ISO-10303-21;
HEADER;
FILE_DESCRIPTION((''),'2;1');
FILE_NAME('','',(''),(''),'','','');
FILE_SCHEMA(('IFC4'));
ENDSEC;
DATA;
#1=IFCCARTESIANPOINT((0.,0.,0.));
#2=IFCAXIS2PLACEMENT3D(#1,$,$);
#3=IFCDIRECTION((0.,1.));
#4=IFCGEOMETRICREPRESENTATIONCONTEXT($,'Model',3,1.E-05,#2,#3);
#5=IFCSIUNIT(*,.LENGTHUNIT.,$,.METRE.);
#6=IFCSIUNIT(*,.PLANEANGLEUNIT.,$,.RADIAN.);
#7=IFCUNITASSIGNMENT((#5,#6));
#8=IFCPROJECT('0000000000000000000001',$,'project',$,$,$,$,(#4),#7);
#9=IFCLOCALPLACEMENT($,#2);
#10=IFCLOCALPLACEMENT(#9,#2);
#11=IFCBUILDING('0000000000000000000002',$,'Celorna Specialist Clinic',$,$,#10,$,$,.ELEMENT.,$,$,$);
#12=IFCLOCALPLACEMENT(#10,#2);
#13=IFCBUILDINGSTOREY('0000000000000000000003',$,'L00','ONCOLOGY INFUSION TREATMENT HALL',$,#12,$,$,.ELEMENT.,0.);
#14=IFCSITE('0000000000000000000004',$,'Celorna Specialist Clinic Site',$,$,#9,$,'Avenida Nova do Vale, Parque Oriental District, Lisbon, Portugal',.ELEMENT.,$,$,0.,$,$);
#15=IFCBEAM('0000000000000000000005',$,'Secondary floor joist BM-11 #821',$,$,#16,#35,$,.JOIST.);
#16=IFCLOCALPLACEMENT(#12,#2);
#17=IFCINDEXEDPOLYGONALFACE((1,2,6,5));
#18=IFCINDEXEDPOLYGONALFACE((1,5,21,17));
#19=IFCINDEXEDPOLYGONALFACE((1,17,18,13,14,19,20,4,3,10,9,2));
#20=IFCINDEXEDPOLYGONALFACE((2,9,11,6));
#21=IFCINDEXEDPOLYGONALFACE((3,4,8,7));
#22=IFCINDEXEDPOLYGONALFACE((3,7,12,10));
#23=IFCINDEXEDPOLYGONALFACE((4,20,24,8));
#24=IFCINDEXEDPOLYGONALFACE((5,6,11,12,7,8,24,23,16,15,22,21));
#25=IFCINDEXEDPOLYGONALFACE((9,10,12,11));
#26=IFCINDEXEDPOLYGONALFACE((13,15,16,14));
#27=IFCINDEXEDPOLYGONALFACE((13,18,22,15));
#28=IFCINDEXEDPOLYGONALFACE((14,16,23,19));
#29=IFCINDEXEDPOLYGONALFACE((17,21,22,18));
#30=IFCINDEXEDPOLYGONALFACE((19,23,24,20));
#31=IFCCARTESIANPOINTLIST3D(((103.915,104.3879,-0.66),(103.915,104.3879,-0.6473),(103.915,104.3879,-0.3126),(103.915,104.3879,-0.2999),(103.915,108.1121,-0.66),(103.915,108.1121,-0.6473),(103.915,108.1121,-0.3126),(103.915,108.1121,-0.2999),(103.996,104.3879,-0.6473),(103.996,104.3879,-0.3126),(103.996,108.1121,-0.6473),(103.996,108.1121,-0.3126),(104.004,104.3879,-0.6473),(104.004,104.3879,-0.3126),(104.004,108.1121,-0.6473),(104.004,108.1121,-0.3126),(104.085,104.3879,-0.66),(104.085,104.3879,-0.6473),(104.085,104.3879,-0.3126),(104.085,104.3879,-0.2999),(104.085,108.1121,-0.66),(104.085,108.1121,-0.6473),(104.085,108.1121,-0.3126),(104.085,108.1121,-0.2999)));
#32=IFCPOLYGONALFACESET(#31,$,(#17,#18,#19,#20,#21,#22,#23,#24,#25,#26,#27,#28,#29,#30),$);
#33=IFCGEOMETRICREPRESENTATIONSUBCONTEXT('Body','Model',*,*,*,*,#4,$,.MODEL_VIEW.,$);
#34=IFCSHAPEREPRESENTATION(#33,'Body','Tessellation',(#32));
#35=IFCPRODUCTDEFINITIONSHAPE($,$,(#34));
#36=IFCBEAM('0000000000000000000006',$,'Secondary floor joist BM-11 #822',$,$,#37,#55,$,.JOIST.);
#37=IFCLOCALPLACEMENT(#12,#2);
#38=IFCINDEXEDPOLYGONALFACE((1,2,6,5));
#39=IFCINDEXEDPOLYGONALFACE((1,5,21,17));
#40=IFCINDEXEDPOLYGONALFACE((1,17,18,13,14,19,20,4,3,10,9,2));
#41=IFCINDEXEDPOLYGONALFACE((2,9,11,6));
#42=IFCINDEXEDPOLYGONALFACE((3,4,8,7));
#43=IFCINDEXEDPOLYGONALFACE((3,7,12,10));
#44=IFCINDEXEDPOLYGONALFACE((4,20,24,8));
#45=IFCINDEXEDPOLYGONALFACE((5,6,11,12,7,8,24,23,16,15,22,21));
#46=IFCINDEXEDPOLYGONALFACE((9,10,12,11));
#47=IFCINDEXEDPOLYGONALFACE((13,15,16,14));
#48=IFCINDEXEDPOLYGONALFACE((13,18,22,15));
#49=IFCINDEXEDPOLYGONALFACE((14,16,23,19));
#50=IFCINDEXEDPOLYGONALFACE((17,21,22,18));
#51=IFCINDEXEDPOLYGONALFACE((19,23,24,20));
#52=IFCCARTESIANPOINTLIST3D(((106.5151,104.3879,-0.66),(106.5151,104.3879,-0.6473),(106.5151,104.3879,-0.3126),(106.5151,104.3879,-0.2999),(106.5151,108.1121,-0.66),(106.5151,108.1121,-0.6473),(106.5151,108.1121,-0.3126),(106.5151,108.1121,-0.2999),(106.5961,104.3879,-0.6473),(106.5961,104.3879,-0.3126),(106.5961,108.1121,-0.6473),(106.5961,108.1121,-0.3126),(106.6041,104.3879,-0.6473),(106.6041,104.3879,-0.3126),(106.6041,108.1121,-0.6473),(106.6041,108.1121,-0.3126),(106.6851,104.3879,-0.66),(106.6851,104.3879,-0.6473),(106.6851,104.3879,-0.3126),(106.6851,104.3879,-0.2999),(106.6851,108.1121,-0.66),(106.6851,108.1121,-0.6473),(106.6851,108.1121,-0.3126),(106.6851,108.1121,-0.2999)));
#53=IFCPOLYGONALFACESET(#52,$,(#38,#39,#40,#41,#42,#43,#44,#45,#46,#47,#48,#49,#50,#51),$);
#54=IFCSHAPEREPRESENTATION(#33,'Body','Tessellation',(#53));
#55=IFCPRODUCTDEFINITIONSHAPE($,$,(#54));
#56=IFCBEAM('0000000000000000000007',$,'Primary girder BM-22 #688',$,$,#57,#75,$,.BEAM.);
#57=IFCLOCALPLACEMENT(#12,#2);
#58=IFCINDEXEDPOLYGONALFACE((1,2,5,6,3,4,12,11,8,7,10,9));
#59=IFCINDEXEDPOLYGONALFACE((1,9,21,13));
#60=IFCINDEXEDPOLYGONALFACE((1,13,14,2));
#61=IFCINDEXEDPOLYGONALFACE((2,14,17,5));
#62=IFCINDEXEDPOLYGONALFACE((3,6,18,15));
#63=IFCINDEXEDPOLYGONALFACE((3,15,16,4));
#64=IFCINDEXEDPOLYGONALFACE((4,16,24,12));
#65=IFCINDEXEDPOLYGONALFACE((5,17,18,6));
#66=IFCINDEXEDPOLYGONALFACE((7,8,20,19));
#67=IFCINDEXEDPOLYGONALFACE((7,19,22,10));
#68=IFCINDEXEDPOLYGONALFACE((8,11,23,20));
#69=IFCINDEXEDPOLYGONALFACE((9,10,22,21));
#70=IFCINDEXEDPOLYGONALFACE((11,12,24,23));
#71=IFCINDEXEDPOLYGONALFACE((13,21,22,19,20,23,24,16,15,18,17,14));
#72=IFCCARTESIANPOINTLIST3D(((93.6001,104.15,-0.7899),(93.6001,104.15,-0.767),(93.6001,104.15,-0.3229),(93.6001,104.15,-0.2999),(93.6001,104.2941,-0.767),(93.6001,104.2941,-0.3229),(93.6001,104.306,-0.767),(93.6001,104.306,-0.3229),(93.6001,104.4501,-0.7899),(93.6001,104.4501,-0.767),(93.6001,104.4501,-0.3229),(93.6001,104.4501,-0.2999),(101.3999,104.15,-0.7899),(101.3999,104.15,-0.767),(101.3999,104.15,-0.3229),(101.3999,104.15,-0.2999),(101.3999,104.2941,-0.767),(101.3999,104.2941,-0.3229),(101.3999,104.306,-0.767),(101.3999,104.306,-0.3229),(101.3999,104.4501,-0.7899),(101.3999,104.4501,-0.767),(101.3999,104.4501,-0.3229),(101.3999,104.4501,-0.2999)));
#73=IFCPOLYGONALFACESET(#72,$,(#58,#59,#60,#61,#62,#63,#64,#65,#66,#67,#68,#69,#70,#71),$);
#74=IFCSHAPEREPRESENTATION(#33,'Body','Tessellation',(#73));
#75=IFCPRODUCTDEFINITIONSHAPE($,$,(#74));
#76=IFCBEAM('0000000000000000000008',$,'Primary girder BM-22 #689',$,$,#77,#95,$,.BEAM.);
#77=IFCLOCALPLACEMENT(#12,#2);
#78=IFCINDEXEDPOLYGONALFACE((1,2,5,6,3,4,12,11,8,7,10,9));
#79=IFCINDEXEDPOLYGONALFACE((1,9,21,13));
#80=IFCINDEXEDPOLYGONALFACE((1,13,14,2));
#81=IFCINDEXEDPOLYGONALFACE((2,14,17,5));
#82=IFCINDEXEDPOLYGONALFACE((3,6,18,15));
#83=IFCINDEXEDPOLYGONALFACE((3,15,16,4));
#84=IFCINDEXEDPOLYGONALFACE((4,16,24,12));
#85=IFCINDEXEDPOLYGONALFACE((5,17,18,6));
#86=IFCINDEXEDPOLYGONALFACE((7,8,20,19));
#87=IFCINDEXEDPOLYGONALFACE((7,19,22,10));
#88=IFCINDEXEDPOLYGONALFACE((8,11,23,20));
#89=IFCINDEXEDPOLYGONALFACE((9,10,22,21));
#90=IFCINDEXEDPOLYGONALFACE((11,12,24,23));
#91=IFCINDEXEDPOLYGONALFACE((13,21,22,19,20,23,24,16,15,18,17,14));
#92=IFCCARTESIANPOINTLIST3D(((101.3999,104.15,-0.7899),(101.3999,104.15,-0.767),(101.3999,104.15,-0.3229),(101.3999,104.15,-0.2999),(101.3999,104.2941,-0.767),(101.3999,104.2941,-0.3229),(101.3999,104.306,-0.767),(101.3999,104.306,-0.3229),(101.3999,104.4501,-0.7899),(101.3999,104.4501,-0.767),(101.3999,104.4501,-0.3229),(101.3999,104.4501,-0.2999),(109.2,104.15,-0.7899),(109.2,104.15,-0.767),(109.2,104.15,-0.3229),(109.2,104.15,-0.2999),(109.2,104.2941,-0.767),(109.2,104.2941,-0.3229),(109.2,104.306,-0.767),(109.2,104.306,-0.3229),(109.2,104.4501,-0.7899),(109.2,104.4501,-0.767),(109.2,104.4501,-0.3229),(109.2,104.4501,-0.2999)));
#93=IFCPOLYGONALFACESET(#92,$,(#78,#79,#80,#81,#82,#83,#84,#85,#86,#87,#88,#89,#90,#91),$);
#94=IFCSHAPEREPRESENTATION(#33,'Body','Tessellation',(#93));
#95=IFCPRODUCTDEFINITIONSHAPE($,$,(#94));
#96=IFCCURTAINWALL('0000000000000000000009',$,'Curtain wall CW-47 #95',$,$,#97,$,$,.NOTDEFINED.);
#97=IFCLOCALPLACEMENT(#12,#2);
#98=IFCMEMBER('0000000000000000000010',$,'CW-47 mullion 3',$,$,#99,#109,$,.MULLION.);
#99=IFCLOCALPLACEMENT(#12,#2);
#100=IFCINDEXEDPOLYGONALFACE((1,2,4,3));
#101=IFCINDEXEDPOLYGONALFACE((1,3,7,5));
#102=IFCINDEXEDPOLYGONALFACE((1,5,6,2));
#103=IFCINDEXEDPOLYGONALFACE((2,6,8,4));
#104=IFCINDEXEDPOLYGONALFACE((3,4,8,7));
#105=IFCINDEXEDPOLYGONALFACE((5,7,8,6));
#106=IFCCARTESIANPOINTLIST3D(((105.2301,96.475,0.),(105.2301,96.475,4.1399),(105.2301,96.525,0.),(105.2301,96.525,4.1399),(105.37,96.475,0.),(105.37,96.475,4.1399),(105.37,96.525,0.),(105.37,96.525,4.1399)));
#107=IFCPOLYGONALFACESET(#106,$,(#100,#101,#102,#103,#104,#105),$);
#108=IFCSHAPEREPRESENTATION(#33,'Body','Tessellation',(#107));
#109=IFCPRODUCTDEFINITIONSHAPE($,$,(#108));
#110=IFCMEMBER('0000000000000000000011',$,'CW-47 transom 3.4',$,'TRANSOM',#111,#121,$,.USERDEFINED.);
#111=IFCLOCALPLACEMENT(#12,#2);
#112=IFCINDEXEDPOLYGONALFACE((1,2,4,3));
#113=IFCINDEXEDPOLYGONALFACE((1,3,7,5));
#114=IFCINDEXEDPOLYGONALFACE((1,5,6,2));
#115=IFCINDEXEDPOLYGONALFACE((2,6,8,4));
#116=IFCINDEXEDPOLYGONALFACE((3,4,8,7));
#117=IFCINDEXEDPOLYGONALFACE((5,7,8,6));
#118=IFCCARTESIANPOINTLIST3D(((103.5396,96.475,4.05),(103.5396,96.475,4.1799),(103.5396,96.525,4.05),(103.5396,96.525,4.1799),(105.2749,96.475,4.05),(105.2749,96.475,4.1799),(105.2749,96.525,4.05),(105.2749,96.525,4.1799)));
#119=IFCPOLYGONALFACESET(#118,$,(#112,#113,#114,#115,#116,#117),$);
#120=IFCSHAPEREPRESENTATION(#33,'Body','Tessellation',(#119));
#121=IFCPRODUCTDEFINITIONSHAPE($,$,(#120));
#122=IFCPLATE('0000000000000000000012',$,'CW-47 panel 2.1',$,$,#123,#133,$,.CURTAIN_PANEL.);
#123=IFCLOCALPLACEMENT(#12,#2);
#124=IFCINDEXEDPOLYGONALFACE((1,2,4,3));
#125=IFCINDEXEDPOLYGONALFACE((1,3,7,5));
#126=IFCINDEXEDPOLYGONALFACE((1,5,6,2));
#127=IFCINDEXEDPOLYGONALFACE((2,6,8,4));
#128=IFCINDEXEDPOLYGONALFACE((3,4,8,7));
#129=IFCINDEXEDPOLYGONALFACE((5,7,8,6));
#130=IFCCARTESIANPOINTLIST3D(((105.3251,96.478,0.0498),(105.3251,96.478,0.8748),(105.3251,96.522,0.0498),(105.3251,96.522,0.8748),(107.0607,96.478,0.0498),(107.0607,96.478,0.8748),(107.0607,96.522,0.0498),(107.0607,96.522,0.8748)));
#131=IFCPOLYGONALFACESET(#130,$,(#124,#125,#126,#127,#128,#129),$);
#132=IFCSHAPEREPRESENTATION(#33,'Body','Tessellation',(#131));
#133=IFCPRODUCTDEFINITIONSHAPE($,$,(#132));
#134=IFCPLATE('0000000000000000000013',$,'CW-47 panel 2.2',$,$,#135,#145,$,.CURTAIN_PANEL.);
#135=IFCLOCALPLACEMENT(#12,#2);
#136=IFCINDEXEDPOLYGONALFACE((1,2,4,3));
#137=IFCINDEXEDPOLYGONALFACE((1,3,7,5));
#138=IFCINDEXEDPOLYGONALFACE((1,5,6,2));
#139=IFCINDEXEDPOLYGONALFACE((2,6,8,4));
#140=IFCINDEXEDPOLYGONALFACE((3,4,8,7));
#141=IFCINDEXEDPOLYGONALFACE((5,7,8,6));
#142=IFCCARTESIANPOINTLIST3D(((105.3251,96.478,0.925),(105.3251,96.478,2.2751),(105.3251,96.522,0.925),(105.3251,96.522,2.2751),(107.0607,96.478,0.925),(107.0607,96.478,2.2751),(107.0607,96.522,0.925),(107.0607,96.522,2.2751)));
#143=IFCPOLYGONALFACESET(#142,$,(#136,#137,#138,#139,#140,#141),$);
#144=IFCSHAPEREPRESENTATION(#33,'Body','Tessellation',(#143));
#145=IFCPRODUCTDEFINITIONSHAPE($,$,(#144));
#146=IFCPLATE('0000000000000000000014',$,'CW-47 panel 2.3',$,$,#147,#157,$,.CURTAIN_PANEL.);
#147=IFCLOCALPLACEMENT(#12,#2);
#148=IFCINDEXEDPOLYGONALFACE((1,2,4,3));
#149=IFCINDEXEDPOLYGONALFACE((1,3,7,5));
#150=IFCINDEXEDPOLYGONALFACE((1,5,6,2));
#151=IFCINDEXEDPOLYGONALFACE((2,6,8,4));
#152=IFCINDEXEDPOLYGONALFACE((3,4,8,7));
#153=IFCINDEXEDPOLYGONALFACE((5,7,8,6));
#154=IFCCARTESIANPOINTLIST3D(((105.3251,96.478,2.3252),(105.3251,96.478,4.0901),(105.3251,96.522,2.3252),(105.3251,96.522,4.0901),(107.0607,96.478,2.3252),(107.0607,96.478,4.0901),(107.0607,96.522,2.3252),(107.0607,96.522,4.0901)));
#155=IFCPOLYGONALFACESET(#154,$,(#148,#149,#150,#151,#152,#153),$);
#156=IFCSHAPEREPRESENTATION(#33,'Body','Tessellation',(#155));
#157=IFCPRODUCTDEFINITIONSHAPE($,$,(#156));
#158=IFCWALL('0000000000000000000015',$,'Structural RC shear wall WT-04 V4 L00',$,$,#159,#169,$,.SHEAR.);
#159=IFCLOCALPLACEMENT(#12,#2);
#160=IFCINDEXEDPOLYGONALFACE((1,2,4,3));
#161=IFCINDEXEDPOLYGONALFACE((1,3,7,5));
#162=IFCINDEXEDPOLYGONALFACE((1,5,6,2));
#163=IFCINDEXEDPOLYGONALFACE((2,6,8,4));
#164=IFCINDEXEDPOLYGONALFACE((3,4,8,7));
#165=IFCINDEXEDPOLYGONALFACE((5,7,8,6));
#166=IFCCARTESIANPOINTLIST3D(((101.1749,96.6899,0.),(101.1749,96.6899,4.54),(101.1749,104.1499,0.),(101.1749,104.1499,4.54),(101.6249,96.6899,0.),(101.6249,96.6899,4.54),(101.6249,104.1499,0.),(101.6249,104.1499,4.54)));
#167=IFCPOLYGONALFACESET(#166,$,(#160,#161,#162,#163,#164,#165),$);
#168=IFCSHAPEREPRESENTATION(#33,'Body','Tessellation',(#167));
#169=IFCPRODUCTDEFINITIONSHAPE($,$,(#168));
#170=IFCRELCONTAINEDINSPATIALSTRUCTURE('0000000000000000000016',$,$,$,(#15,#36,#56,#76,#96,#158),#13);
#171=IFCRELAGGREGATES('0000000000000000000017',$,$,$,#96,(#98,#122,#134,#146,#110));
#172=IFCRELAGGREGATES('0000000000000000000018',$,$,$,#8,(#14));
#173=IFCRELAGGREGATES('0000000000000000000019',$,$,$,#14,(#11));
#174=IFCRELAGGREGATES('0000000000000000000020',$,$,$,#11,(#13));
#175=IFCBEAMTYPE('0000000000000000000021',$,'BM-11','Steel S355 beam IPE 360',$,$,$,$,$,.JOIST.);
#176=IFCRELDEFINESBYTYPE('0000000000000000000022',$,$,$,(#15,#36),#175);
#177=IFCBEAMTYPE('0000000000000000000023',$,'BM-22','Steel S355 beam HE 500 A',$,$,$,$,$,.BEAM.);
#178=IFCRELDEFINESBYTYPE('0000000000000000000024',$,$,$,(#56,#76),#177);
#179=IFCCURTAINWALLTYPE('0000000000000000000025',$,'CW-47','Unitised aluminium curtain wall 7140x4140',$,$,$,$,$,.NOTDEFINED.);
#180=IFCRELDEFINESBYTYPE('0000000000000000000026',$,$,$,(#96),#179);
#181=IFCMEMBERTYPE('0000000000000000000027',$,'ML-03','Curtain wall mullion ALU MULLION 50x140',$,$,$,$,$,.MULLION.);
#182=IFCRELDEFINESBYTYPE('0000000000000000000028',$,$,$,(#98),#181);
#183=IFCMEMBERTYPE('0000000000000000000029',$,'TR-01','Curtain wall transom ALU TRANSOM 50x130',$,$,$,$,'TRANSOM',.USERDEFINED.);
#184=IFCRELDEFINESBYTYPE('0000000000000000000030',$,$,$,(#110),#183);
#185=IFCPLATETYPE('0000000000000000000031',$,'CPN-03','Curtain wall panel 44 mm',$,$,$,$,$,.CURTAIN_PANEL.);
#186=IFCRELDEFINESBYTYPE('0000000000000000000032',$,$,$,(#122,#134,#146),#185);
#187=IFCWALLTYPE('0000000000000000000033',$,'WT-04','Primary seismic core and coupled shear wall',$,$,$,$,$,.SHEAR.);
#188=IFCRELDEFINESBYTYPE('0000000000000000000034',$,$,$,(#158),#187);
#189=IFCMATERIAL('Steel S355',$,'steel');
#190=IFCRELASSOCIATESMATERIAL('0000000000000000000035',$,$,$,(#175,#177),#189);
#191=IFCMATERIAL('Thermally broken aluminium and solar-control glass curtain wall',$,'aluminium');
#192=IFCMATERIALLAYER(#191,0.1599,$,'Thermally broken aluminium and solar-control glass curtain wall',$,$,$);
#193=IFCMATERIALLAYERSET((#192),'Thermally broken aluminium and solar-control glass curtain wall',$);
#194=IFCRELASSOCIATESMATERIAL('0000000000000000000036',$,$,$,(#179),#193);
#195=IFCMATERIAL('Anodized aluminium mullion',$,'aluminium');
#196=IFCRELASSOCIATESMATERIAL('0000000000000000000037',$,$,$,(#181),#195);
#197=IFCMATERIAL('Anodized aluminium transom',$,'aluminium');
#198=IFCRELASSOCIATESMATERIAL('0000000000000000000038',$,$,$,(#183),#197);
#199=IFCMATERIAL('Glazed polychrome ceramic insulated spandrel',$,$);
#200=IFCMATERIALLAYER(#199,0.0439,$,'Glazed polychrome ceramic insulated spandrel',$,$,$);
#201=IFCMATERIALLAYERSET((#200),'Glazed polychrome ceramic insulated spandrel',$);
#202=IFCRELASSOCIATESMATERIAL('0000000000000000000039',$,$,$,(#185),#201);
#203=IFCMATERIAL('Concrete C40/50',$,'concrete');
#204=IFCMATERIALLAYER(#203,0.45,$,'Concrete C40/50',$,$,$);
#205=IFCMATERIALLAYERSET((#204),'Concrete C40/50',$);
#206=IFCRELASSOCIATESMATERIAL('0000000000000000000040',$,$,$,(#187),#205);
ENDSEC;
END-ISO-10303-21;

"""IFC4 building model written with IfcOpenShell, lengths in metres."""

from ifc_helpers import new_model, si_unit, direction, frame, frame_2d, origin, origin_2d, place, context, subcontext, project, spatial, rectangle, i_section, extrude, material, layer, layer_set, material_profile, profile_set, type_object, element, aggregate, save


model = new_model("IFC4")

# Units and contexts
model_context = context("Model", 3, precision=1e-05, world=origin(), true_north=direction((0.0, 1.0)))
body_context = subcontext(model_context, "Body", "Model", "MODEL_VIEW")
ifc_project = project(units=[si_unit("LENGTHUNIT", "METRE"), si_unit("PLANEANGLEUNIT", "RADIAN")], contexts=[model_context])

# Site, building, storey
site_placement = place(None, origin())
site = spatial("IfcSite", under=ifc_project, at=site_placement, Name="Celorna Specialist Clinic Site", LongName="Avenida Nova do Vale, Parque Oriental District, Lisbon, Portugal", CompositionType="ELEMENT", RefElevation=0.0)
building_placement = place(site_placement, origin())
building = spatial("IfcBuilding", under=site, at=building_placement, Name="Celorna Specialist Clinic", CompositionType="ELEMENT")
storey_placement = place(building_placement, origin())
storey = spatial("IfcBuildingStorey", under=building, at=storey_placement, Name="L00", Description="ONCOLOGY INFUSION TREATMENT HALL", CompositionType="ELEMENT", Elevation=0.0)

# Shared definitions
ifc_material_1 = material(Name="Concrete C40/50", Category="concrete")

# Beams
ifc_material_2 = material(Name="Steel S355", Category="steel")
ifc_material_profile_1 = material_profile(ifc_material_2, i_section(OverallWidth=0.1699, OverallDepth=0.3601, WebThickness=0.0081, FlangeThickness=0.0127, at=origin_2d()), Name="IPE 360")
ifc_profile_set_1 = profile_set([ifc_material_profile_1], Name="Steel S355")
beam_type_1 = type_object("IfcBeamType", Name="BM-11", Description="Steel S355 beam IPE 360", PredefinedType="JOIST", material=ifc_profile_set_1)
for number, where, z_axis, x_axis, name in (
    (1, (104.0, 104.3879, -0.48), (0.0, 1.0, 0.0), (-1.0, 0.0, 0.0), "Secondary floor joist BM-11 #821"),
    (2, (106.6001, 104.3879, -0.48), (0.0, 1.0, 0.0), (-1.0, 0.0, 0.0), "Secondary floor joist BM-11 #822"),
):
    element("IfcBeam", number, at=place(storey_placement, frame(where, z_axis=z_axis, x_axis=x_axis)), inside=storey, type_object=beam_type_1, Name=name, PredefinedType="JOIST", context=body_context, shape_type="SweptSolid", body=[
        extrude(i_section(OverallWidth=0.1699, OverallDepth=0.3601, WebThickness=0.0081, FlangeThickness=0.0127, at=origin_2d()), origin(), (0.0, 0.0, 1.0), 3.7241),
    ])
ifc_material_profile_2 = material_profile(ifc_material_2, i_section(OverallWidth=0.3, OverallDepth=0.49, WebThickness=0.012, FlangeThickness=0.0229, at=origin_2d()), Name="HE 500 A")
ifc_profile_set_2 = profile_set([ifc_material_profile_2], Name="Steel S355")
beam_type_2 = type_object("IfcBeamType", Name="BM-22", Description="Steel S355 beam HE 500 A", PredefinedType="BEAM", material=ifc_profile_set_2)
beam_1_placement = place(storey_placement, frame((93.6001, 104.3, -0.5449), z_axis=(1.0, 0.0, 0.0), x_axis=(0.0, 1.0, 0.0)))
element("IfcBeam", 3, at=beam_1_placement, inside=storey, type_object=beam_type_2, Name="Primary girder BM-22 #688", PredefinedType="BEAM", context=body_context, shape_type="SweptSolid", body=[
    extrude(i_section(OverallWidth=0.3, OverallDepth=0.49, WebThickness=0.012, FlangeThickness=0.0229, at=origin_2d()), origin(), (0.0, 0.0, 1.0), 7.7998),
])
beam_2_placement = place(storey_placement, frame((101.3999, 104.3, -0.5449), z_axis=(1.0, 0.0, 0.0), x_axis=(0.0, 1.0, 0.0)))
element("IfcBeam", 4, at=beam_2_placement, inside=storey, type_object=beam_type_2, Name="Primary girder BM-22 #689", PredefinedType="BEAM", context=body_context, shape_type="SweptSolid", body=[
    extrude(i_section(OverallWidth=0.3, OverallDepth=0.49, WebThickness=0.012, FlangeThickness=0.0229, at=origin_2d()), origin(), (0.0, 0.0, 1.0), 7.8),
])

# Curtain wall, members, plates
ifc_material_3 = material(Name="Thermally broken aluminium and solar-control glass curtain wall", Category="aluminium")
ifc_layer_1 = layer(ifc_material_3, 0.1599, Name="Thermally broken aluminium and solar-control glass curtain wall")
ifc_layer_set_1 = layer_set([ifc_layer_1], Name="Thermally broken aluminium and solar-control glass curtain wall")
curtain_wall_type = type_object("IfcCurtainWallType", Name="CW-47", Description="Unitised aluminium curtain wall 7140x4140", PredefinedType="NOTDEFINED", material=ifc_layer_set_1)
curtain_wall_placement = place(storey_placement, origin())
curtain_wall = element("IfcCurtainWall", 5, at=curtain_wall_placement, inside=storey, type_object=curtain_wall_type, Name="Curtain wall CW-47 #95", PredefinedType="NOTDEFINED")
ifc_material_4 = material(Name="Anodized aluminium mullion", Category="aluminium")
ifc_material_profile_3 = material_profile(ifc_material_4, rectangle(XDim=0.05, YDim=0.1399, at=origin_2d()), Name="ALU MULLION 50x140")
ifc_profile_set_3 = profile_set([ifc_material_profile_3], Name="Anodized aluminium mullion")
member_type_1 = type_object("IfcMemberType", Name="ML-03", Description="Curtain wall mullion ALU MULLION 50x140", PredefinedType="MULLION", material=ifc_profile_set_3)
member_1_placement = place(storey_placement, frame((105.3, 96.5, 0.0), z_axis=(0.0, 0.0, 1.0), x_axis=(0.0, -1.0, 0.0)))
member_1 = element("IfcMember", 6, at=member_1_placement, type_object=member_type_1, Name="CW-47 mullion 3", PredefinedType="MULLION", context=body_context, shape_type="SweptSolid", body=[
    extrude(rectangle(XDim=0.05, YDim=0.1399, at=origin_2d()), origin(), (0.0, 0.0, 1.0), 4.1399),
])
ifc_material_5 = material(Name="Anodized aluminium transom", Category="aluminium")
ifc_material_profile_4 = material_profile(ifc_material_5, rectangle(XDim=0.05, YDim=0.1299, at=origin_2d()), Name="ALU TRANSOM 50x130")
ifc_profile_set_4 = profile_set([ifc_material_profile_4], Name="Anodized aluminium transom")
member_type_2 = type_object("IfcMemberType", Name="TR-01", Description="Curtain wall transom ALU TRANSOM 50x130", ElementType="TRANSOM", PredefinedType="USERDEFINED", material=ifc_profile_set_4)
member_2_placement = place(storey_placement, frame((105.2749, 96.5, 4.115), z_axis=(-1.0, 0.0, 0.0), x_axis=(0.0, -1.0, 0.0)))
member_2 = element("IfcMember", 7, at=member_2_placement, type_object=member_type_2, Name="CW-47 transom 3.4", ObjectType="TRANSOM", PredefinedType="USERDEFINED", context=body_context, shape_type="SweptSolid", body=[
    extrude(rectangle(XDim=0.05, YDim=0.1299, at=origin_2d()), origin(), (0.0, 0.0, 1.0), 1.7354),
])
ifc_material_6 = material(Name="Glazed polychrome ceramic insulated spandrel")
ifc_layer_2 = layer(ifc_material_6, 0.0439, Name="Glazed polychrome ceramic insulated spandrel")
ifc_layer_set_2 = layer_set([ifc_layer_2], Name="Glazed polychrome ceramic insulated spandrel")
plate_type = type_object("IfcPlateType", Name="CPN-03", Description="Curtain wall panel 44 mm", PredefinedType="CURTAIN_PANEL", material=ifc_layer_set_2)
plate_1_placement = place(storey_placement, frame((106.1929, 96.5, 0.0498), z_axis=(0.0, 0.0, 1.0), x_axis=(-1.0, 0.0, 0.0)))
plate_1 = element("IfcPlate", 8, at=plate_1_placement, type_object=plate_type, Name="CW-47 panel 2.1", PredefinedType="CURTAIN_PANEL", context=body_context, shape_type="SweptSolid", body=[
    extrude(rectangle(XDim=1.7356, YDim=0.0439, at=origin_2d()), origin(), (0.0, 0.0, 1.0), 0.825),
])
plate_2_placement = place(storey_placement, frame((106.1929, 96.5, 0.925), z_axis=(0.0, 0.0, 1.0), x_axis=(-1.0, 0.0, 0.0)))
plate_2 = element("IfcPlate", 9, at=plate_2_placement, type_object=plate_type, Name="CW-47 panel 2.2", PredefinedType="CURTAIN_PANEL", context=body_context, shape_type="SweptSolid", body=[
    extrude(rectangle(XDim=1.7356, YDim=0.0439, at=origin_2d()), origin(), (0.0, 0.0, 1.0), 1.3501),
])
plate_3_placement = place(storey_placement, frame((106.1929, 96.5, 2.3252), z_axis=(0.0, 0.0, 1.0), x_axis=(-1.0, 0.0, 0.0)))
plate_3 = element("IfcPlate", 10, at=plate_3_placement, type_object=plate_type, Name="CW-47 panel 2.3", PredefinedType="CURTAIN_PANEL", context=body_context, shape_type="SweptSolid", body=[
    extrude(rectangle(XDim=1.7356, YDim=0.0439, at=origin_2d()), origin(), (0.0, 0.0, 1.0), 1.7649),
])
aggregate(curtain_wall, [member_1, plate_1, plate_2, plate_3, member_2])

# Wall
ifc_layer_3 = layer(ifc_material_1, 0.45, Name="Concrete C40/50")
ifc_layer_set_3 = layer_set([ifc_layer_3], Name="Concrete C40/50")
wall_type_1 = type_object("IfcWallType", Name="WT-04", Description="Primary seismic core and coupled shear wall", PredefinedType="SHEAR", material=ifc_layer_set_3)
wall_1_placement = place(storey_placement, frame((101.3999, 96.6899, 0.0), z_axis=(0.0, 0.0, 1.0), x_axis=(0.0, 1.0, 0.0)))
element("IfcWall", 11, at=wall_1_placement, inside=storey, type_object=wall_type_1, Name="Structural RC shear wall WT-04 V4 L00", PredefinedType="SHEAR", context=body_context, shape_type="SweptSolid", body=[
    extrude(rectangle(XDim=7.46, YDim=0.45, at=frame_2d((3.73, 0.0))), origin(), (0.0, 0.0, 1.0), 4.54),
])

save(model, "model.ifc")
